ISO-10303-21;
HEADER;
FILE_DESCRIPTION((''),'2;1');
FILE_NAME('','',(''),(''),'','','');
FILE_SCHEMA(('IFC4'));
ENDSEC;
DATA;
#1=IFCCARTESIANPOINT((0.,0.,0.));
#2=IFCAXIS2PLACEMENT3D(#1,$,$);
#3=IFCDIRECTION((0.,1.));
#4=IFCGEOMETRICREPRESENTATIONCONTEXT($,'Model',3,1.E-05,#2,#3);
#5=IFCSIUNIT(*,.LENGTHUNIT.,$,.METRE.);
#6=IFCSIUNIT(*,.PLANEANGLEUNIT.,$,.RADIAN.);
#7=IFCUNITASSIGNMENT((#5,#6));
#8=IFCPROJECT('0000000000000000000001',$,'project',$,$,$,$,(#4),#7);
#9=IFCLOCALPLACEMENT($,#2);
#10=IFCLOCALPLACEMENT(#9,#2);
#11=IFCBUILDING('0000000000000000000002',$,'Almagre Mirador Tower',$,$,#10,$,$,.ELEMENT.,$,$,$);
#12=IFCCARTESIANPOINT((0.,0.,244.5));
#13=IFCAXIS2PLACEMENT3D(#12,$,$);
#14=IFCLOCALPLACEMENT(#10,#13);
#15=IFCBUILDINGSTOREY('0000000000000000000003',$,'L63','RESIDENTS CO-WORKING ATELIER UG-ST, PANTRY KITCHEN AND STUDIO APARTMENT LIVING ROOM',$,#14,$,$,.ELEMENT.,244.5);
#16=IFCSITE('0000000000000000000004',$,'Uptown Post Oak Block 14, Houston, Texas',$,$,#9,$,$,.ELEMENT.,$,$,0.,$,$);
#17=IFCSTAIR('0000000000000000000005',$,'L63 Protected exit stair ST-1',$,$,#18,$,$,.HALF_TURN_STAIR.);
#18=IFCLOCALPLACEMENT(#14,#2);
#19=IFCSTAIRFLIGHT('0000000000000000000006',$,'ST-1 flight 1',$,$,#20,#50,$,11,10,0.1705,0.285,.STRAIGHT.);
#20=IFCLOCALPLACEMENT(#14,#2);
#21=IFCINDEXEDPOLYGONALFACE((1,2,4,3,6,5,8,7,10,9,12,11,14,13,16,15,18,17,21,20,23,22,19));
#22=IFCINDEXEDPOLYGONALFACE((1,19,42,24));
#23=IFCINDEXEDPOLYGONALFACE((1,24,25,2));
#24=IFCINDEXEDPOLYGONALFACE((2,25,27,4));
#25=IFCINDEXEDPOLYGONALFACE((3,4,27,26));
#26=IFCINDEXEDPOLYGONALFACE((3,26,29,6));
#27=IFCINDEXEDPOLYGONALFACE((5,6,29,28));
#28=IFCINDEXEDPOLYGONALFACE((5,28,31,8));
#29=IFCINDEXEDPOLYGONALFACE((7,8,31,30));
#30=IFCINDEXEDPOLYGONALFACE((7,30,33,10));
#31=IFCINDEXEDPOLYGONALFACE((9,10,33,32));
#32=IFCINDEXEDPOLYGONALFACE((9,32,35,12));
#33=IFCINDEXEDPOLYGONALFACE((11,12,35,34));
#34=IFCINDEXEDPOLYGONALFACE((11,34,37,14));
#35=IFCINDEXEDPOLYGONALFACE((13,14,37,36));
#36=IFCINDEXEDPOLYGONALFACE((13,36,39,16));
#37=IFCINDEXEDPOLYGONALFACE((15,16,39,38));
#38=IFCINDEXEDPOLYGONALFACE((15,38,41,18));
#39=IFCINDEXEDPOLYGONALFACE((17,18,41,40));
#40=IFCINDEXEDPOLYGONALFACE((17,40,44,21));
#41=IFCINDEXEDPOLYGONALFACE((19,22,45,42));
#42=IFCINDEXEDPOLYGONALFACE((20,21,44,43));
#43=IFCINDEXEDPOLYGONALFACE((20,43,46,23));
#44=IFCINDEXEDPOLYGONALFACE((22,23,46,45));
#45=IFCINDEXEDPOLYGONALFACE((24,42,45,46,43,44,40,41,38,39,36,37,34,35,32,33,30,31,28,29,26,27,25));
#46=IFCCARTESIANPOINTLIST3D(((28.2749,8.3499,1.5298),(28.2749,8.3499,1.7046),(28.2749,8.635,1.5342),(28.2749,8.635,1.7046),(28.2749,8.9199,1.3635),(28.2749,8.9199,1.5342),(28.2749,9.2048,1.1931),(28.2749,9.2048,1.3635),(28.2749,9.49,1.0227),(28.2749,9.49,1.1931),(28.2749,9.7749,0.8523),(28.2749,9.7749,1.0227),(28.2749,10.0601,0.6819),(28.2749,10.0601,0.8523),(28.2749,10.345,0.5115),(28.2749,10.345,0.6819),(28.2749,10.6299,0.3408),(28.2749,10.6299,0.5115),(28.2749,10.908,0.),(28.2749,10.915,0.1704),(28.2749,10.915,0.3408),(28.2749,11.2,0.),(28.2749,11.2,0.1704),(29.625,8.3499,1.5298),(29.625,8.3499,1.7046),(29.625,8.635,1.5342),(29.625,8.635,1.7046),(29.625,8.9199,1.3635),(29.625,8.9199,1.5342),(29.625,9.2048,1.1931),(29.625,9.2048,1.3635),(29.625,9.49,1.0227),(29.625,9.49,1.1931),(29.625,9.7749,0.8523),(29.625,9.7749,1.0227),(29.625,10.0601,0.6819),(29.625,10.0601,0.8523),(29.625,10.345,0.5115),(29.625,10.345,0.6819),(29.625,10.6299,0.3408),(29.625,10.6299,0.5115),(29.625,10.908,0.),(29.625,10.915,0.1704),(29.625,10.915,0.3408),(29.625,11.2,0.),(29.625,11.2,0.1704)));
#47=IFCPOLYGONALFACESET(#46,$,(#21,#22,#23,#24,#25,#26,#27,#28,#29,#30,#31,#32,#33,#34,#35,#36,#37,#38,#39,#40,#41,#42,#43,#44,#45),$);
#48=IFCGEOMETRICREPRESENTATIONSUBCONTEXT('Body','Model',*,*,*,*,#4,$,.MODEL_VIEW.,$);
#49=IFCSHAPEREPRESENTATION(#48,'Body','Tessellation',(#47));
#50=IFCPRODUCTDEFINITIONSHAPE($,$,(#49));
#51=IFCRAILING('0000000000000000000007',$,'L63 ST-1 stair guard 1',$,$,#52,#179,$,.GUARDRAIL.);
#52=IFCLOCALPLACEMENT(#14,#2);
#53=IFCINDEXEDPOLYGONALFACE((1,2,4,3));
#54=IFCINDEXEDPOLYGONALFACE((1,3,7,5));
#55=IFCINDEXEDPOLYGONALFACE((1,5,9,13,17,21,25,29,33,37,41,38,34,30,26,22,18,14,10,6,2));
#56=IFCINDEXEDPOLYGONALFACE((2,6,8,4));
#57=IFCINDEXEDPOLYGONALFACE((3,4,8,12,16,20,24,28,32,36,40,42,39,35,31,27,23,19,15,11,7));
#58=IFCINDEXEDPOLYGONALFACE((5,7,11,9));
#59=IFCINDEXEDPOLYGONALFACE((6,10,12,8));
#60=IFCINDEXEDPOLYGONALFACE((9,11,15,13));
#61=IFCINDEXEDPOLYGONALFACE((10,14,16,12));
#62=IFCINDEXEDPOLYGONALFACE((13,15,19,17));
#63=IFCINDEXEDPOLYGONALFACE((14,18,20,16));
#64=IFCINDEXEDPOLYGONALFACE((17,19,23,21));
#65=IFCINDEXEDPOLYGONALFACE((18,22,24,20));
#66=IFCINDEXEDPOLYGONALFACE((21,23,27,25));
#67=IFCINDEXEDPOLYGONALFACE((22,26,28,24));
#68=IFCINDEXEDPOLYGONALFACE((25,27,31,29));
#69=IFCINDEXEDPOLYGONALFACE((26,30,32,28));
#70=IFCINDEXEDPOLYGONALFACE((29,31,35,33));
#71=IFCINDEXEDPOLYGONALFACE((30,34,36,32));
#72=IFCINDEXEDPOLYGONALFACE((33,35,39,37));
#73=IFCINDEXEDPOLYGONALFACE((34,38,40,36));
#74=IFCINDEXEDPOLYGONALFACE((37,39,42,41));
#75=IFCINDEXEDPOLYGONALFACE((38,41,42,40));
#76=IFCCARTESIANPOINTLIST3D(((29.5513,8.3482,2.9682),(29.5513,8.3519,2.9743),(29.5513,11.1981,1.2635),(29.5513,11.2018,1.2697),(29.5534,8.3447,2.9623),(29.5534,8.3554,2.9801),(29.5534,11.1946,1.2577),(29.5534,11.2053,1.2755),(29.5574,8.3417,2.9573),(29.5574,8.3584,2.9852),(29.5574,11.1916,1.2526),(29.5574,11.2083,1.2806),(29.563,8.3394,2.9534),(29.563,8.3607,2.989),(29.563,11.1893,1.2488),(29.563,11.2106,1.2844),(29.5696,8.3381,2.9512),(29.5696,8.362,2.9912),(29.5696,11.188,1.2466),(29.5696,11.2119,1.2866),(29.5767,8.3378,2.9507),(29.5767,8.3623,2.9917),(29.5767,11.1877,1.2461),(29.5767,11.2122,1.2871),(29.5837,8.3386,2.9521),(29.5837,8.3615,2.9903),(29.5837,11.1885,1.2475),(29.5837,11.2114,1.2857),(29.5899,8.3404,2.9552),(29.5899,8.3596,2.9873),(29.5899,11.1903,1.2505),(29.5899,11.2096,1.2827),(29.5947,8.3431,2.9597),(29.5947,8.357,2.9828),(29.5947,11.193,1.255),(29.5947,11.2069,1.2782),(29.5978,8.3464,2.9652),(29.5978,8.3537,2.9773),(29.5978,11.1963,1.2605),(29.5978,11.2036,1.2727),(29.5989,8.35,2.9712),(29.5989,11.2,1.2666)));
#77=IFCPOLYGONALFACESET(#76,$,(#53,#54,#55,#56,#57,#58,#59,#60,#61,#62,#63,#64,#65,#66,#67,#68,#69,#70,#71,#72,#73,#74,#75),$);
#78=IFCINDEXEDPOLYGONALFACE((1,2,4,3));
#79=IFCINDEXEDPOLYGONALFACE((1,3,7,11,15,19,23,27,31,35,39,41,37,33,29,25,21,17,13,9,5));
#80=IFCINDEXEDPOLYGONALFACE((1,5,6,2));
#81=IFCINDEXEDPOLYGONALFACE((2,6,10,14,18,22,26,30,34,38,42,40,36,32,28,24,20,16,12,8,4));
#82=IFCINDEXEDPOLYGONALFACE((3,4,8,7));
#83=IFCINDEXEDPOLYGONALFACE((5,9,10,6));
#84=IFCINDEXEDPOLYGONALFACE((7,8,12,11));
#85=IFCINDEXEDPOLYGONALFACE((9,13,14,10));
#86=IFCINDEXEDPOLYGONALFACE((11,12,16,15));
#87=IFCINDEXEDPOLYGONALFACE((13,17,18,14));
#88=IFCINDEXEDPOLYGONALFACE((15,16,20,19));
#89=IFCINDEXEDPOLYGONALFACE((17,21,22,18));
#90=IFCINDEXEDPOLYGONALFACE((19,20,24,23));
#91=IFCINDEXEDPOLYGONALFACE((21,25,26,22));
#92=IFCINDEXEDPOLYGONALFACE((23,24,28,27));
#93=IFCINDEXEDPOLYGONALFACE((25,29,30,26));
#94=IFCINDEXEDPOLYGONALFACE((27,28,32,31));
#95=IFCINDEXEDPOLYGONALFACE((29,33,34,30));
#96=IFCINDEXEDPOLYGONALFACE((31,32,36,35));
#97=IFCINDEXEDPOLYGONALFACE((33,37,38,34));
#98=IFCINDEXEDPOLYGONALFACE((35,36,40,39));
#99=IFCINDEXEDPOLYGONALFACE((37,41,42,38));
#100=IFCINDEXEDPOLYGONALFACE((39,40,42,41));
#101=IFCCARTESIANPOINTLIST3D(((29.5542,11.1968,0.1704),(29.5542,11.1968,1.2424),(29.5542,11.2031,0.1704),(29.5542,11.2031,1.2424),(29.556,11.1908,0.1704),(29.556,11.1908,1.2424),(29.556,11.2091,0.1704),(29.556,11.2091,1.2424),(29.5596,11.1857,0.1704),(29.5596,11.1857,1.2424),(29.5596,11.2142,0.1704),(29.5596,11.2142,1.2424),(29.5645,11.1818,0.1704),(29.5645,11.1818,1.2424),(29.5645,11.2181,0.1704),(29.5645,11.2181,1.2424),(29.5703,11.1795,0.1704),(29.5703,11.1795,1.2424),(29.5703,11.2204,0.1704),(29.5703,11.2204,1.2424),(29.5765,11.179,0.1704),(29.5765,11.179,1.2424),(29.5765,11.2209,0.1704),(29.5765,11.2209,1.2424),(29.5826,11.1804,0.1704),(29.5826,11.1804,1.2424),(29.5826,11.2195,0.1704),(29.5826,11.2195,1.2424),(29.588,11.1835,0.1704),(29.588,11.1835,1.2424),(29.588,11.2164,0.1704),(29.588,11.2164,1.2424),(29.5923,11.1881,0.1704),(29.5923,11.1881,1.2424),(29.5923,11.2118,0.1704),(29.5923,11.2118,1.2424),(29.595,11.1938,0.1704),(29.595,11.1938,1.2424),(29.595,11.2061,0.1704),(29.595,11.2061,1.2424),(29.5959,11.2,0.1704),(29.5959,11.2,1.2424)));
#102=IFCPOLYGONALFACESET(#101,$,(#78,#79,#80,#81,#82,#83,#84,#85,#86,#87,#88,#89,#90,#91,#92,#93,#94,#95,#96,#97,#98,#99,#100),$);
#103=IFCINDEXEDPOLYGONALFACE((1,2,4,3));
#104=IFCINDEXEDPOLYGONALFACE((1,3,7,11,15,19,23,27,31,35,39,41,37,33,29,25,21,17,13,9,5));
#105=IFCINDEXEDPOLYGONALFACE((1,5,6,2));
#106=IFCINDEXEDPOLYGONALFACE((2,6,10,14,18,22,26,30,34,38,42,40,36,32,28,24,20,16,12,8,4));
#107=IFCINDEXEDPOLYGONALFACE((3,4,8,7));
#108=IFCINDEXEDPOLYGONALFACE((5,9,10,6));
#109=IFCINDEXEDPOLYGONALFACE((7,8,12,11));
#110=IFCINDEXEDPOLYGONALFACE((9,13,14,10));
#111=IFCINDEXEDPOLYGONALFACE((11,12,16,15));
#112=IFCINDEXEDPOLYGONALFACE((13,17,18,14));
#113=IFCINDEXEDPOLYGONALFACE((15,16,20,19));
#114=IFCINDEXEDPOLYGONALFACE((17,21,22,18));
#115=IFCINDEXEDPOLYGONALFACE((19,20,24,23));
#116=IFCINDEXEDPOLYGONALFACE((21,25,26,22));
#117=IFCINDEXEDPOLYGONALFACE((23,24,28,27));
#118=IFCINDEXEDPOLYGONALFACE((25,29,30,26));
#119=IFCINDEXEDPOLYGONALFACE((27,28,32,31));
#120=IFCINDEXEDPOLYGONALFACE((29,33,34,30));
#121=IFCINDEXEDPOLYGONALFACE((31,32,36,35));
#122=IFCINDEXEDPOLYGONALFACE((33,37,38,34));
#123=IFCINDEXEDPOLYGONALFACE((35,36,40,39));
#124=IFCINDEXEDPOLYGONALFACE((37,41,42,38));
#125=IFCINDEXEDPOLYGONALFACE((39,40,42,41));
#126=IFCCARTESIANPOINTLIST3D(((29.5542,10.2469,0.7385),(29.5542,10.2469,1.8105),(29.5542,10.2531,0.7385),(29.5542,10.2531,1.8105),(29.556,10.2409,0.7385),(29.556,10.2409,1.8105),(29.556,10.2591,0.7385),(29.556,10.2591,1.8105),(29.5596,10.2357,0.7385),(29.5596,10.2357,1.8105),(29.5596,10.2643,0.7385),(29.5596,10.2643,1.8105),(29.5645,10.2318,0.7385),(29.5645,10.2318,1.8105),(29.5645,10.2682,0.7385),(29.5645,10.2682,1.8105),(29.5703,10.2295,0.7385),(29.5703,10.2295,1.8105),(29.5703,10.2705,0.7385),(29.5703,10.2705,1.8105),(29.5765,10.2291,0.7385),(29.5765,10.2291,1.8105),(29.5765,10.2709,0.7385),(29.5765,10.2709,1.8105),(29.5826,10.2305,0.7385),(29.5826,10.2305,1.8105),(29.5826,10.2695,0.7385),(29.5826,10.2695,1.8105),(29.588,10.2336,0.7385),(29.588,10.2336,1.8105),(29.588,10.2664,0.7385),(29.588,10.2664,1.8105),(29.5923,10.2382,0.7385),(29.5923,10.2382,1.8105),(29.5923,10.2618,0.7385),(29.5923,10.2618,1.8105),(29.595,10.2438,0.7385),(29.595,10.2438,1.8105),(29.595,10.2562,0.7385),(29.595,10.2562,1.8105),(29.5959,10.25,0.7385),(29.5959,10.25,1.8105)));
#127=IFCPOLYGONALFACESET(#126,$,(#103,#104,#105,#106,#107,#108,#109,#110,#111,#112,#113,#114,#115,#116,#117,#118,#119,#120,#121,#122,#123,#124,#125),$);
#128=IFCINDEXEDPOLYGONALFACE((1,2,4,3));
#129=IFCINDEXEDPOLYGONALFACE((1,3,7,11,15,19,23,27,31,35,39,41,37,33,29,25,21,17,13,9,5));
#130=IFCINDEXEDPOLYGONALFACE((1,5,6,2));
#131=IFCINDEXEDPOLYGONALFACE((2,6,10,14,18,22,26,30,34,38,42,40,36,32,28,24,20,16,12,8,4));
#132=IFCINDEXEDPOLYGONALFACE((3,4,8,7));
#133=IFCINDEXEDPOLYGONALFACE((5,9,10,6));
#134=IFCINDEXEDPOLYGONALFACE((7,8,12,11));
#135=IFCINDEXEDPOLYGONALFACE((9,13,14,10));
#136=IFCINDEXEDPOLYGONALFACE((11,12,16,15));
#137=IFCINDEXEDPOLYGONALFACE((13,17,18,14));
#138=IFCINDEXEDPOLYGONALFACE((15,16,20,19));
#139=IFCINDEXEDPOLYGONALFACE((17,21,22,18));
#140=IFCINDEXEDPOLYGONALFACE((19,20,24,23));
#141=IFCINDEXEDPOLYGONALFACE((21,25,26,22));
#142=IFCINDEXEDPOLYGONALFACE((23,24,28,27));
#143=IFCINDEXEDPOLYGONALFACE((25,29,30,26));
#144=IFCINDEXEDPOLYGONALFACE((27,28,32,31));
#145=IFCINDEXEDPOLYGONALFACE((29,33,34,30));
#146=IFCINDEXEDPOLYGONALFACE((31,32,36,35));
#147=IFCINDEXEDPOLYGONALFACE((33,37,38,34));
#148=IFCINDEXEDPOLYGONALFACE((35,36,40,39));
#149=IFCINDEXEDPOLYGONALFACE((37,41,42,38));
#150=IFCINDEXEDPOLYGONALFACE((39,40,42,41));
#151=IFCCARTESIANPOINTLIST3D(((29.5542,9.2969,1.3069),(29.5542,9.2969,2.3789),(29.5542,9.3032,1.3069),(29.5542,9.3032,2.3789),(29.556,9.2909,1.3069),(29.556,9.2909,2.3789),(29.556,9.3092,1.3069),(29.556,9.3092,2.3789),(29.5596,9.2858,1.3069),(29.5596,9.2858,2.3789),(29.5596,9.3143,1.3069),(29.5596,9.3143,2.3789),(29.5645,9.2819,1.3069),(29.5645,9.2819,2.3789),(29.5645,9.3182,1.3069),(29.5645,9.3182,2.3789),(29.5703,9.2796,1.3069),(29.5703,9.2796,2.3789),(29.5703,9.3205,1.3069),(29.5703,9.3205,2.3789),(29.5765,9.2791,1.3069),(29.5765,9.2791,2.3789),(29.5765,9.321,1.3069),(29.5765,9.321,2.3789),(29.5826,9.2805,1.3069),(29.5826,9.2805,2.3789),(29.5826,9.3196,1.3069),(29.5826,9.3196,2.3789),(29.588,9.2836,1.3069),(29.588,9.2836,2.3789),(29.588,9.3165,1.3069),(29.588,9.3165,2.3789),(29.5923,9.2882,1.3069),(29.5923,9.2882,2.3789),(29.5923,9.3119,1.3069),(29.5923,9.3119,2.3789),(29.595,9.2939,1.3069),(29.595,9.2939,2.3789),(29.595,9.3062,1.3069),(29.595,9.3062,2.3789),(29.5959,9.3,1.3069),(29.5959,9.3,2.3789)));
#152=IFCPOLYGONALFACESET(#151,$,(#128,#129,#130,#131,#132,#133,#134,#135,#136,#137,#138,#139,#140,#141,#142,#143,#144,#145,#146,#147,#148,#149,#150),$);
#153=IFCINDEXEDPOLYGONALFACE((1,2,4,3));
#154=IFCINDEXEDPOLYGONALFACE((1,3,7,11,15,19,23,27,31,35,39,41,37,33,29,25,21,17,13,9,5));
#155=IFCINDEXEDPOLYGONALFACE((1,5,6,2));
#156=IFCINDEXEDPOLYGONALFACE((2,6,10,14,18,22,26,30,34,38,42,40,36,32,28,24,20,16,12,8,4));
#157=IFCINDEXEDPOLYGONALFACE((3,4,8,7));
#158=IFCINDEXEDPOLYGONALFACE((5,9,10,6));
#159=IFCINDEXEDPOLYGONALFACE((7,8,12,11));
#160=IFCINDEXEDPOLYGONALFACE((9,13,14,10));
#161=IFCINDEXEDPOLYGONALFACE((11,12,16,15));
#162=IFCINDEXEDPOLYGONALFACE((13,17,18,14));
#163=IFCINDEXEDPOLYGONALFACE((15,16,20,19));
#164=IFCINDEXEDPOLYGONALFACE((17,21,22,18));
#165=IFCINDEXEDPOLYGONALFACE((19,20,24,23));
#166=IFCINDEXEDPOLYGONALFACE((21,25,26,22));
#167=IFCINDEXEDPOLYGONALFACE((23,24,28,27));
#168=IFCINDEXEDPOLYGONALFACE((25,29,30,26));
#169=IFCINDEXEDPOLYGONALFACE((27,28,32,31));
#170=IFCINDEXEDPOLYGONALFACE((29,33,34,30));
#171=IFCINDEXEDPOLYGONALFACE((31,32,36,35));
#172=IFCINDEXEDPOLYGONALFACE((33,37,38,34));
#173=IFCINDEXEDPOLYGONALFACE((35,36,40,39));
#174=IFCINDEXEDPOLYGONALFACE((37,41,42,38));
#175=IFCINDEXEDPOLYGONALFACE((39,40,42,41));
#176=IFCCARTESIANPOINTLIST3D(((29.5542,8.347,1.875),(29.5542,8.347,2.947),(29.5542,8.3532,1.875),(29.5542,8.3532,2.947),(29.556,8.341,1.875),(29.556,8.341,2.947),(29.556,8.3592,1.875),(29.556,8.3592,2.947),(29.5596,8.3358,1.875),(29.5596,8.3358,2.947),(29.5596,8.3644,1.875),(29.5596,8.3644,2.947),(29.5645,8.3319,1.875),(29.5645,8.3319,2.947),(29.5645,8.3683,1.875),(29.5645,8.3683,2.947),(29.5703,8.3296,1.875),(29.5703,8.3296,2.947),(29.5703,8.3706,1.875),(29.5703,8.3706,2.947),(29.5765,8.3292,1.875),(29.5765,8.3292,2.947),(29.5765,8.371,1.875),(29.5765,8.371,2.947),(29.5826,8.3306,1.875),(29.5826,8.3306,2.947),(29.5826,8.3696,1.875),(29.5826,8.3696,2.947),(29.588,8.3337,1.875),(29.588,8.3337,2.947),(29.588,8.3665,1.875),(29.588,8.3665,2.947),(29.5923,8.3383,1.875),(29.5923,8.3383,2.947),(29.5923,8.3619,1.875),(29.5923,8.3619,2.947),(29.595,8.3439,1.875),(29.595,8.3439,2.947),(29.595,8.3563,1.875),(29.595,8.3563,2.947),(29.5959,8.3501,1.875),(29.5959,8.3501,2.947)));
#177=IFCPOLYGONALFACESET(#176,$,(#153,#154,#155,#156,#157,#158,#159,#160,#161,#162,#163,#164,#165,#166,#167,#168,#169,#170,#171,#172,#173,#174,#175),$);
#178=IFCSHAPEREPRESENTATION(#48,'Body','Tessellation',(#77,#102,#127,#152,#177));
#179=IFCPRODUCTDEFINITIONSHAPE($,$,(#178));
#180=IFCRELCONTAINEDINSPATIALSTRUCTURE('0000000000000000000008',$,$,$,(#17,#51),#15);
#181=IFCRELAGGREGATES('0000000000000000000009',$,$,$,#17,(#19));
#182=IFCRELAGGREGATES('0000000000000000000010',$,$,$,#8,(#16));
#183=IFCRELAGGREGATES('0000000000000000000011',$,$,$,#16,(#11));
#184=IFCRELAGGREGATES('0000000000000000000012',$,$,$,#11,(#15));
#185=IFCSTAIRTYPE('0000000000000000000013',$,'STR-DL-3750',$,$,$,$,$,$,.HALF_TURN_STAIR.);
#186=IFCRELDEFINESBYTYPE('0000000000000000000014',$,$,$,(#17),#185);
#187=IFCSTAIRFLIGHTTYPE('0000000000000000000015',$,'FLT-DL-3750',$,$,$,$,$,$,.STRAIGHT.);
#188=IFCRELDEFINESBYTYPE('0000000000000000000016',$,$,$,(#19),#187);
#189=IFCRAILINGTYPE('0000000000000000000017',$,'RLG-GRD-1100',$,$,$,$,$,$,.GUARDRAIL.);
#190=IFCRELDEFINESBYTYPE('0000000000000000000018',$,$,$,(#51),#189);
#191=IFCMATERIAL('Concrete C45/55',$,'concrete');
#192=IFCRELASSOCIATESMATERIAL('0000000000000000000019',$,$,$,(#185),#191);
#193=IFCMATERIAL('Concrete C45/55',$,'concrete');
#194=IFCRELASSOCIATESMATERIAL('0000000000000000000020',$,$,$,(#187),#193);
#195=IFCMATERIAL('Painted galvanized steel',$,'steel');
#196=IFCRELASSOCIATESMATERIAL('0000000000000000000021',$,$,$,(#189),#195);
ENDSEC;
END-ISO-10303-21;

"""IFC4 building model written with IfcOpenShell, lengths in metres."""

from ifc_helpers import new_model, si_unit, direction, frame, origin, origin_2d, place, context, subcontext, project, spatial, polyline, circle, outline, extrude, material, type_object, element, aggregate, save


model = new_model("IFC4")

# Units and contexts
model_context = context("Model", 3, precision=1e-05, world=origin(), true_north=direction((0.0, 1.0)))
body_context = subcontext(model_context, "Body", "Model", "MODEL_VIEW")
ifc_project = project(units=[si_unit("LENGTHUNIT", "METRE"), si_unit("PLANEANGLEUNIT", "RADIAN")], contexts=[model_context])

# Site, building, storey
site_placement = place(None, origin())
site = spatial("IfcSite", under=ifc_project, at=site_placement, Name="Uptown Post Oak Block 14, Houston, Texas", CompositionType="ELEMENT", RefElevation=0.0)
building_placement = place(site_placement, origin())
building = spatial("IfcBuilding", under=site, at=building_placement, Name="Almagre Mirador Tower", CompositionType="ELEMENT")
storey_placement = place(building_placement, frame((0.0, 0.0, 244.5)))
storey = spatial("IfcBuildingStorey", under=building, at=storey_placement, Name="L63", Description="RESIDENTS CO-WORKING ATELIER UG-ST, PANTRY KITCHEN AND STUDIO APARTMENT LIVING ROOM", CompositionType="ELEMENT", Elevation=244.5)

# Stair, stair flight
ifc_material_1 = material(Name="Concrete C45/55", Category="concrete")
stair_type = type_object("IfcStairType", Name="STR-DL-3750", PredefinedType="HALF_TURN_STAIR", material=ifc_material_1)
stair_placement = place(storey_placement, origin())
stair = element("IfcStair", 1, at=stair_placement, inside=storey, type_object=stair_type, Name="L63 Protected exit stair ST-1", PredefinedType="HALF_TURN_STAIR")
ifc_material_2 = material(Name="Concrete C45/55", Category="concrete")
stair_flight_type = type_object("IfcStairFlightType", Name="FLT-DL-3750", PredefinedType="STRAIGHT", material=ifc_material_2)
stair_flight_placement = place(storey_placement, frame((28.95, 11.2, 0.0), z_axis=(0.0, 0.0, 1.0), x_axis=(0.0, -1.0, 0.0)))
stair_flight = element("IfcStairFlight", 2, at=stair_flight_placement, type_object=stair_flight_type, Name="ST-1 flight 1", NumberOfRisers=11, NumberOfTreads=10, PredefinedType="STRAIGHT", RiserHeight=0.1705, TreadLength=0.285, context=body_context, shape_type="SweptSolid", body=[
    extrude(outline(polyline([(0.0, 0.0), (0.0, 0.1704), (0.2849, 0.1704), (0.2849, 0.3408), (0.5701, 0.3408), (0.5701, 0.5115), (0.855, 0.5115), (0.855, 0.6819), (1.1399, 0.6819), (1.1399, 0.8523), (1.425, 0.8523), (1.425, 1.0227), (1.71, 1.0227), (1.71, 1.1931), (1.9951, 1.1931), (1.9951, 1.3635), (2.28, 1.3635), (2.28, 1.5342), (2.5649, 1.5342), (2.5649, 1.7046), (2.8501, 1.7046), (2.8501, 1.875), (2.8501, 1.5298), (0.292, 0.0), (0.0, 0.0)])), frame((0.0, 0.675, 0.0), z_axis=(0.0, -1.0, 0.0), x_axis=(1.0, 0.0, 0.0)), (0.0, 0.0, 1.0), 1.3501),
])
aggregate(stair, [stair_flight])

# Railing
ifc_material_3 = material(Name="Painted galvanized steel", Category="steel")
railing_type_1 = type_object("IfcRailingType", Name="RLG-GRD-1100", PredefinedType="GUARDRAIL", material=ifc_material_3)
railing_1_placement = place(storey_placement, frame((29.575, 11.2, 0.1704)))
element("IfcRailing", 3, at=railing_1_placement, inside=storey, type_object=railing_type_1, Name="L63 ST-1 stair guard 1", PredefinedType="GUARDRAIL", context=body_context, shape_type="SweptSolid", body=[
    extrude(circle(Radius=0.0239, at=origin_2d()), frame((0.0, 0.0, 1.0962), z_axis=(0.0, -0.858199, 0.513317), x_axis=(1.0, 0.0, 0.0)), (0.0, 0.0, 1.0), 3.3208),
    extrude(circle(Radius=0.021, at=origin_2d()), origin(), (0.0, 0.0, 1.0), 1.072),
    extrude(circle(Radius=0.021, at=origin_2d()), frame((0.0, -0.95, 0.5681)), (0.0, 0.0, 1.0), 1.072),
    extrude(circle(Radius=0.021, at=origin_2d()), frame((0.0, -1.8999, 1.1365)), (0.0, 0.0, 1.0), 1.072),
    extrude(circle(Radius=0.021, at=origin_2d()), frame((0.0, -2.8499, 1.7046)), (0.0, 0.0, 1.0), 1.072),
])

save(model, "model.ifc")
